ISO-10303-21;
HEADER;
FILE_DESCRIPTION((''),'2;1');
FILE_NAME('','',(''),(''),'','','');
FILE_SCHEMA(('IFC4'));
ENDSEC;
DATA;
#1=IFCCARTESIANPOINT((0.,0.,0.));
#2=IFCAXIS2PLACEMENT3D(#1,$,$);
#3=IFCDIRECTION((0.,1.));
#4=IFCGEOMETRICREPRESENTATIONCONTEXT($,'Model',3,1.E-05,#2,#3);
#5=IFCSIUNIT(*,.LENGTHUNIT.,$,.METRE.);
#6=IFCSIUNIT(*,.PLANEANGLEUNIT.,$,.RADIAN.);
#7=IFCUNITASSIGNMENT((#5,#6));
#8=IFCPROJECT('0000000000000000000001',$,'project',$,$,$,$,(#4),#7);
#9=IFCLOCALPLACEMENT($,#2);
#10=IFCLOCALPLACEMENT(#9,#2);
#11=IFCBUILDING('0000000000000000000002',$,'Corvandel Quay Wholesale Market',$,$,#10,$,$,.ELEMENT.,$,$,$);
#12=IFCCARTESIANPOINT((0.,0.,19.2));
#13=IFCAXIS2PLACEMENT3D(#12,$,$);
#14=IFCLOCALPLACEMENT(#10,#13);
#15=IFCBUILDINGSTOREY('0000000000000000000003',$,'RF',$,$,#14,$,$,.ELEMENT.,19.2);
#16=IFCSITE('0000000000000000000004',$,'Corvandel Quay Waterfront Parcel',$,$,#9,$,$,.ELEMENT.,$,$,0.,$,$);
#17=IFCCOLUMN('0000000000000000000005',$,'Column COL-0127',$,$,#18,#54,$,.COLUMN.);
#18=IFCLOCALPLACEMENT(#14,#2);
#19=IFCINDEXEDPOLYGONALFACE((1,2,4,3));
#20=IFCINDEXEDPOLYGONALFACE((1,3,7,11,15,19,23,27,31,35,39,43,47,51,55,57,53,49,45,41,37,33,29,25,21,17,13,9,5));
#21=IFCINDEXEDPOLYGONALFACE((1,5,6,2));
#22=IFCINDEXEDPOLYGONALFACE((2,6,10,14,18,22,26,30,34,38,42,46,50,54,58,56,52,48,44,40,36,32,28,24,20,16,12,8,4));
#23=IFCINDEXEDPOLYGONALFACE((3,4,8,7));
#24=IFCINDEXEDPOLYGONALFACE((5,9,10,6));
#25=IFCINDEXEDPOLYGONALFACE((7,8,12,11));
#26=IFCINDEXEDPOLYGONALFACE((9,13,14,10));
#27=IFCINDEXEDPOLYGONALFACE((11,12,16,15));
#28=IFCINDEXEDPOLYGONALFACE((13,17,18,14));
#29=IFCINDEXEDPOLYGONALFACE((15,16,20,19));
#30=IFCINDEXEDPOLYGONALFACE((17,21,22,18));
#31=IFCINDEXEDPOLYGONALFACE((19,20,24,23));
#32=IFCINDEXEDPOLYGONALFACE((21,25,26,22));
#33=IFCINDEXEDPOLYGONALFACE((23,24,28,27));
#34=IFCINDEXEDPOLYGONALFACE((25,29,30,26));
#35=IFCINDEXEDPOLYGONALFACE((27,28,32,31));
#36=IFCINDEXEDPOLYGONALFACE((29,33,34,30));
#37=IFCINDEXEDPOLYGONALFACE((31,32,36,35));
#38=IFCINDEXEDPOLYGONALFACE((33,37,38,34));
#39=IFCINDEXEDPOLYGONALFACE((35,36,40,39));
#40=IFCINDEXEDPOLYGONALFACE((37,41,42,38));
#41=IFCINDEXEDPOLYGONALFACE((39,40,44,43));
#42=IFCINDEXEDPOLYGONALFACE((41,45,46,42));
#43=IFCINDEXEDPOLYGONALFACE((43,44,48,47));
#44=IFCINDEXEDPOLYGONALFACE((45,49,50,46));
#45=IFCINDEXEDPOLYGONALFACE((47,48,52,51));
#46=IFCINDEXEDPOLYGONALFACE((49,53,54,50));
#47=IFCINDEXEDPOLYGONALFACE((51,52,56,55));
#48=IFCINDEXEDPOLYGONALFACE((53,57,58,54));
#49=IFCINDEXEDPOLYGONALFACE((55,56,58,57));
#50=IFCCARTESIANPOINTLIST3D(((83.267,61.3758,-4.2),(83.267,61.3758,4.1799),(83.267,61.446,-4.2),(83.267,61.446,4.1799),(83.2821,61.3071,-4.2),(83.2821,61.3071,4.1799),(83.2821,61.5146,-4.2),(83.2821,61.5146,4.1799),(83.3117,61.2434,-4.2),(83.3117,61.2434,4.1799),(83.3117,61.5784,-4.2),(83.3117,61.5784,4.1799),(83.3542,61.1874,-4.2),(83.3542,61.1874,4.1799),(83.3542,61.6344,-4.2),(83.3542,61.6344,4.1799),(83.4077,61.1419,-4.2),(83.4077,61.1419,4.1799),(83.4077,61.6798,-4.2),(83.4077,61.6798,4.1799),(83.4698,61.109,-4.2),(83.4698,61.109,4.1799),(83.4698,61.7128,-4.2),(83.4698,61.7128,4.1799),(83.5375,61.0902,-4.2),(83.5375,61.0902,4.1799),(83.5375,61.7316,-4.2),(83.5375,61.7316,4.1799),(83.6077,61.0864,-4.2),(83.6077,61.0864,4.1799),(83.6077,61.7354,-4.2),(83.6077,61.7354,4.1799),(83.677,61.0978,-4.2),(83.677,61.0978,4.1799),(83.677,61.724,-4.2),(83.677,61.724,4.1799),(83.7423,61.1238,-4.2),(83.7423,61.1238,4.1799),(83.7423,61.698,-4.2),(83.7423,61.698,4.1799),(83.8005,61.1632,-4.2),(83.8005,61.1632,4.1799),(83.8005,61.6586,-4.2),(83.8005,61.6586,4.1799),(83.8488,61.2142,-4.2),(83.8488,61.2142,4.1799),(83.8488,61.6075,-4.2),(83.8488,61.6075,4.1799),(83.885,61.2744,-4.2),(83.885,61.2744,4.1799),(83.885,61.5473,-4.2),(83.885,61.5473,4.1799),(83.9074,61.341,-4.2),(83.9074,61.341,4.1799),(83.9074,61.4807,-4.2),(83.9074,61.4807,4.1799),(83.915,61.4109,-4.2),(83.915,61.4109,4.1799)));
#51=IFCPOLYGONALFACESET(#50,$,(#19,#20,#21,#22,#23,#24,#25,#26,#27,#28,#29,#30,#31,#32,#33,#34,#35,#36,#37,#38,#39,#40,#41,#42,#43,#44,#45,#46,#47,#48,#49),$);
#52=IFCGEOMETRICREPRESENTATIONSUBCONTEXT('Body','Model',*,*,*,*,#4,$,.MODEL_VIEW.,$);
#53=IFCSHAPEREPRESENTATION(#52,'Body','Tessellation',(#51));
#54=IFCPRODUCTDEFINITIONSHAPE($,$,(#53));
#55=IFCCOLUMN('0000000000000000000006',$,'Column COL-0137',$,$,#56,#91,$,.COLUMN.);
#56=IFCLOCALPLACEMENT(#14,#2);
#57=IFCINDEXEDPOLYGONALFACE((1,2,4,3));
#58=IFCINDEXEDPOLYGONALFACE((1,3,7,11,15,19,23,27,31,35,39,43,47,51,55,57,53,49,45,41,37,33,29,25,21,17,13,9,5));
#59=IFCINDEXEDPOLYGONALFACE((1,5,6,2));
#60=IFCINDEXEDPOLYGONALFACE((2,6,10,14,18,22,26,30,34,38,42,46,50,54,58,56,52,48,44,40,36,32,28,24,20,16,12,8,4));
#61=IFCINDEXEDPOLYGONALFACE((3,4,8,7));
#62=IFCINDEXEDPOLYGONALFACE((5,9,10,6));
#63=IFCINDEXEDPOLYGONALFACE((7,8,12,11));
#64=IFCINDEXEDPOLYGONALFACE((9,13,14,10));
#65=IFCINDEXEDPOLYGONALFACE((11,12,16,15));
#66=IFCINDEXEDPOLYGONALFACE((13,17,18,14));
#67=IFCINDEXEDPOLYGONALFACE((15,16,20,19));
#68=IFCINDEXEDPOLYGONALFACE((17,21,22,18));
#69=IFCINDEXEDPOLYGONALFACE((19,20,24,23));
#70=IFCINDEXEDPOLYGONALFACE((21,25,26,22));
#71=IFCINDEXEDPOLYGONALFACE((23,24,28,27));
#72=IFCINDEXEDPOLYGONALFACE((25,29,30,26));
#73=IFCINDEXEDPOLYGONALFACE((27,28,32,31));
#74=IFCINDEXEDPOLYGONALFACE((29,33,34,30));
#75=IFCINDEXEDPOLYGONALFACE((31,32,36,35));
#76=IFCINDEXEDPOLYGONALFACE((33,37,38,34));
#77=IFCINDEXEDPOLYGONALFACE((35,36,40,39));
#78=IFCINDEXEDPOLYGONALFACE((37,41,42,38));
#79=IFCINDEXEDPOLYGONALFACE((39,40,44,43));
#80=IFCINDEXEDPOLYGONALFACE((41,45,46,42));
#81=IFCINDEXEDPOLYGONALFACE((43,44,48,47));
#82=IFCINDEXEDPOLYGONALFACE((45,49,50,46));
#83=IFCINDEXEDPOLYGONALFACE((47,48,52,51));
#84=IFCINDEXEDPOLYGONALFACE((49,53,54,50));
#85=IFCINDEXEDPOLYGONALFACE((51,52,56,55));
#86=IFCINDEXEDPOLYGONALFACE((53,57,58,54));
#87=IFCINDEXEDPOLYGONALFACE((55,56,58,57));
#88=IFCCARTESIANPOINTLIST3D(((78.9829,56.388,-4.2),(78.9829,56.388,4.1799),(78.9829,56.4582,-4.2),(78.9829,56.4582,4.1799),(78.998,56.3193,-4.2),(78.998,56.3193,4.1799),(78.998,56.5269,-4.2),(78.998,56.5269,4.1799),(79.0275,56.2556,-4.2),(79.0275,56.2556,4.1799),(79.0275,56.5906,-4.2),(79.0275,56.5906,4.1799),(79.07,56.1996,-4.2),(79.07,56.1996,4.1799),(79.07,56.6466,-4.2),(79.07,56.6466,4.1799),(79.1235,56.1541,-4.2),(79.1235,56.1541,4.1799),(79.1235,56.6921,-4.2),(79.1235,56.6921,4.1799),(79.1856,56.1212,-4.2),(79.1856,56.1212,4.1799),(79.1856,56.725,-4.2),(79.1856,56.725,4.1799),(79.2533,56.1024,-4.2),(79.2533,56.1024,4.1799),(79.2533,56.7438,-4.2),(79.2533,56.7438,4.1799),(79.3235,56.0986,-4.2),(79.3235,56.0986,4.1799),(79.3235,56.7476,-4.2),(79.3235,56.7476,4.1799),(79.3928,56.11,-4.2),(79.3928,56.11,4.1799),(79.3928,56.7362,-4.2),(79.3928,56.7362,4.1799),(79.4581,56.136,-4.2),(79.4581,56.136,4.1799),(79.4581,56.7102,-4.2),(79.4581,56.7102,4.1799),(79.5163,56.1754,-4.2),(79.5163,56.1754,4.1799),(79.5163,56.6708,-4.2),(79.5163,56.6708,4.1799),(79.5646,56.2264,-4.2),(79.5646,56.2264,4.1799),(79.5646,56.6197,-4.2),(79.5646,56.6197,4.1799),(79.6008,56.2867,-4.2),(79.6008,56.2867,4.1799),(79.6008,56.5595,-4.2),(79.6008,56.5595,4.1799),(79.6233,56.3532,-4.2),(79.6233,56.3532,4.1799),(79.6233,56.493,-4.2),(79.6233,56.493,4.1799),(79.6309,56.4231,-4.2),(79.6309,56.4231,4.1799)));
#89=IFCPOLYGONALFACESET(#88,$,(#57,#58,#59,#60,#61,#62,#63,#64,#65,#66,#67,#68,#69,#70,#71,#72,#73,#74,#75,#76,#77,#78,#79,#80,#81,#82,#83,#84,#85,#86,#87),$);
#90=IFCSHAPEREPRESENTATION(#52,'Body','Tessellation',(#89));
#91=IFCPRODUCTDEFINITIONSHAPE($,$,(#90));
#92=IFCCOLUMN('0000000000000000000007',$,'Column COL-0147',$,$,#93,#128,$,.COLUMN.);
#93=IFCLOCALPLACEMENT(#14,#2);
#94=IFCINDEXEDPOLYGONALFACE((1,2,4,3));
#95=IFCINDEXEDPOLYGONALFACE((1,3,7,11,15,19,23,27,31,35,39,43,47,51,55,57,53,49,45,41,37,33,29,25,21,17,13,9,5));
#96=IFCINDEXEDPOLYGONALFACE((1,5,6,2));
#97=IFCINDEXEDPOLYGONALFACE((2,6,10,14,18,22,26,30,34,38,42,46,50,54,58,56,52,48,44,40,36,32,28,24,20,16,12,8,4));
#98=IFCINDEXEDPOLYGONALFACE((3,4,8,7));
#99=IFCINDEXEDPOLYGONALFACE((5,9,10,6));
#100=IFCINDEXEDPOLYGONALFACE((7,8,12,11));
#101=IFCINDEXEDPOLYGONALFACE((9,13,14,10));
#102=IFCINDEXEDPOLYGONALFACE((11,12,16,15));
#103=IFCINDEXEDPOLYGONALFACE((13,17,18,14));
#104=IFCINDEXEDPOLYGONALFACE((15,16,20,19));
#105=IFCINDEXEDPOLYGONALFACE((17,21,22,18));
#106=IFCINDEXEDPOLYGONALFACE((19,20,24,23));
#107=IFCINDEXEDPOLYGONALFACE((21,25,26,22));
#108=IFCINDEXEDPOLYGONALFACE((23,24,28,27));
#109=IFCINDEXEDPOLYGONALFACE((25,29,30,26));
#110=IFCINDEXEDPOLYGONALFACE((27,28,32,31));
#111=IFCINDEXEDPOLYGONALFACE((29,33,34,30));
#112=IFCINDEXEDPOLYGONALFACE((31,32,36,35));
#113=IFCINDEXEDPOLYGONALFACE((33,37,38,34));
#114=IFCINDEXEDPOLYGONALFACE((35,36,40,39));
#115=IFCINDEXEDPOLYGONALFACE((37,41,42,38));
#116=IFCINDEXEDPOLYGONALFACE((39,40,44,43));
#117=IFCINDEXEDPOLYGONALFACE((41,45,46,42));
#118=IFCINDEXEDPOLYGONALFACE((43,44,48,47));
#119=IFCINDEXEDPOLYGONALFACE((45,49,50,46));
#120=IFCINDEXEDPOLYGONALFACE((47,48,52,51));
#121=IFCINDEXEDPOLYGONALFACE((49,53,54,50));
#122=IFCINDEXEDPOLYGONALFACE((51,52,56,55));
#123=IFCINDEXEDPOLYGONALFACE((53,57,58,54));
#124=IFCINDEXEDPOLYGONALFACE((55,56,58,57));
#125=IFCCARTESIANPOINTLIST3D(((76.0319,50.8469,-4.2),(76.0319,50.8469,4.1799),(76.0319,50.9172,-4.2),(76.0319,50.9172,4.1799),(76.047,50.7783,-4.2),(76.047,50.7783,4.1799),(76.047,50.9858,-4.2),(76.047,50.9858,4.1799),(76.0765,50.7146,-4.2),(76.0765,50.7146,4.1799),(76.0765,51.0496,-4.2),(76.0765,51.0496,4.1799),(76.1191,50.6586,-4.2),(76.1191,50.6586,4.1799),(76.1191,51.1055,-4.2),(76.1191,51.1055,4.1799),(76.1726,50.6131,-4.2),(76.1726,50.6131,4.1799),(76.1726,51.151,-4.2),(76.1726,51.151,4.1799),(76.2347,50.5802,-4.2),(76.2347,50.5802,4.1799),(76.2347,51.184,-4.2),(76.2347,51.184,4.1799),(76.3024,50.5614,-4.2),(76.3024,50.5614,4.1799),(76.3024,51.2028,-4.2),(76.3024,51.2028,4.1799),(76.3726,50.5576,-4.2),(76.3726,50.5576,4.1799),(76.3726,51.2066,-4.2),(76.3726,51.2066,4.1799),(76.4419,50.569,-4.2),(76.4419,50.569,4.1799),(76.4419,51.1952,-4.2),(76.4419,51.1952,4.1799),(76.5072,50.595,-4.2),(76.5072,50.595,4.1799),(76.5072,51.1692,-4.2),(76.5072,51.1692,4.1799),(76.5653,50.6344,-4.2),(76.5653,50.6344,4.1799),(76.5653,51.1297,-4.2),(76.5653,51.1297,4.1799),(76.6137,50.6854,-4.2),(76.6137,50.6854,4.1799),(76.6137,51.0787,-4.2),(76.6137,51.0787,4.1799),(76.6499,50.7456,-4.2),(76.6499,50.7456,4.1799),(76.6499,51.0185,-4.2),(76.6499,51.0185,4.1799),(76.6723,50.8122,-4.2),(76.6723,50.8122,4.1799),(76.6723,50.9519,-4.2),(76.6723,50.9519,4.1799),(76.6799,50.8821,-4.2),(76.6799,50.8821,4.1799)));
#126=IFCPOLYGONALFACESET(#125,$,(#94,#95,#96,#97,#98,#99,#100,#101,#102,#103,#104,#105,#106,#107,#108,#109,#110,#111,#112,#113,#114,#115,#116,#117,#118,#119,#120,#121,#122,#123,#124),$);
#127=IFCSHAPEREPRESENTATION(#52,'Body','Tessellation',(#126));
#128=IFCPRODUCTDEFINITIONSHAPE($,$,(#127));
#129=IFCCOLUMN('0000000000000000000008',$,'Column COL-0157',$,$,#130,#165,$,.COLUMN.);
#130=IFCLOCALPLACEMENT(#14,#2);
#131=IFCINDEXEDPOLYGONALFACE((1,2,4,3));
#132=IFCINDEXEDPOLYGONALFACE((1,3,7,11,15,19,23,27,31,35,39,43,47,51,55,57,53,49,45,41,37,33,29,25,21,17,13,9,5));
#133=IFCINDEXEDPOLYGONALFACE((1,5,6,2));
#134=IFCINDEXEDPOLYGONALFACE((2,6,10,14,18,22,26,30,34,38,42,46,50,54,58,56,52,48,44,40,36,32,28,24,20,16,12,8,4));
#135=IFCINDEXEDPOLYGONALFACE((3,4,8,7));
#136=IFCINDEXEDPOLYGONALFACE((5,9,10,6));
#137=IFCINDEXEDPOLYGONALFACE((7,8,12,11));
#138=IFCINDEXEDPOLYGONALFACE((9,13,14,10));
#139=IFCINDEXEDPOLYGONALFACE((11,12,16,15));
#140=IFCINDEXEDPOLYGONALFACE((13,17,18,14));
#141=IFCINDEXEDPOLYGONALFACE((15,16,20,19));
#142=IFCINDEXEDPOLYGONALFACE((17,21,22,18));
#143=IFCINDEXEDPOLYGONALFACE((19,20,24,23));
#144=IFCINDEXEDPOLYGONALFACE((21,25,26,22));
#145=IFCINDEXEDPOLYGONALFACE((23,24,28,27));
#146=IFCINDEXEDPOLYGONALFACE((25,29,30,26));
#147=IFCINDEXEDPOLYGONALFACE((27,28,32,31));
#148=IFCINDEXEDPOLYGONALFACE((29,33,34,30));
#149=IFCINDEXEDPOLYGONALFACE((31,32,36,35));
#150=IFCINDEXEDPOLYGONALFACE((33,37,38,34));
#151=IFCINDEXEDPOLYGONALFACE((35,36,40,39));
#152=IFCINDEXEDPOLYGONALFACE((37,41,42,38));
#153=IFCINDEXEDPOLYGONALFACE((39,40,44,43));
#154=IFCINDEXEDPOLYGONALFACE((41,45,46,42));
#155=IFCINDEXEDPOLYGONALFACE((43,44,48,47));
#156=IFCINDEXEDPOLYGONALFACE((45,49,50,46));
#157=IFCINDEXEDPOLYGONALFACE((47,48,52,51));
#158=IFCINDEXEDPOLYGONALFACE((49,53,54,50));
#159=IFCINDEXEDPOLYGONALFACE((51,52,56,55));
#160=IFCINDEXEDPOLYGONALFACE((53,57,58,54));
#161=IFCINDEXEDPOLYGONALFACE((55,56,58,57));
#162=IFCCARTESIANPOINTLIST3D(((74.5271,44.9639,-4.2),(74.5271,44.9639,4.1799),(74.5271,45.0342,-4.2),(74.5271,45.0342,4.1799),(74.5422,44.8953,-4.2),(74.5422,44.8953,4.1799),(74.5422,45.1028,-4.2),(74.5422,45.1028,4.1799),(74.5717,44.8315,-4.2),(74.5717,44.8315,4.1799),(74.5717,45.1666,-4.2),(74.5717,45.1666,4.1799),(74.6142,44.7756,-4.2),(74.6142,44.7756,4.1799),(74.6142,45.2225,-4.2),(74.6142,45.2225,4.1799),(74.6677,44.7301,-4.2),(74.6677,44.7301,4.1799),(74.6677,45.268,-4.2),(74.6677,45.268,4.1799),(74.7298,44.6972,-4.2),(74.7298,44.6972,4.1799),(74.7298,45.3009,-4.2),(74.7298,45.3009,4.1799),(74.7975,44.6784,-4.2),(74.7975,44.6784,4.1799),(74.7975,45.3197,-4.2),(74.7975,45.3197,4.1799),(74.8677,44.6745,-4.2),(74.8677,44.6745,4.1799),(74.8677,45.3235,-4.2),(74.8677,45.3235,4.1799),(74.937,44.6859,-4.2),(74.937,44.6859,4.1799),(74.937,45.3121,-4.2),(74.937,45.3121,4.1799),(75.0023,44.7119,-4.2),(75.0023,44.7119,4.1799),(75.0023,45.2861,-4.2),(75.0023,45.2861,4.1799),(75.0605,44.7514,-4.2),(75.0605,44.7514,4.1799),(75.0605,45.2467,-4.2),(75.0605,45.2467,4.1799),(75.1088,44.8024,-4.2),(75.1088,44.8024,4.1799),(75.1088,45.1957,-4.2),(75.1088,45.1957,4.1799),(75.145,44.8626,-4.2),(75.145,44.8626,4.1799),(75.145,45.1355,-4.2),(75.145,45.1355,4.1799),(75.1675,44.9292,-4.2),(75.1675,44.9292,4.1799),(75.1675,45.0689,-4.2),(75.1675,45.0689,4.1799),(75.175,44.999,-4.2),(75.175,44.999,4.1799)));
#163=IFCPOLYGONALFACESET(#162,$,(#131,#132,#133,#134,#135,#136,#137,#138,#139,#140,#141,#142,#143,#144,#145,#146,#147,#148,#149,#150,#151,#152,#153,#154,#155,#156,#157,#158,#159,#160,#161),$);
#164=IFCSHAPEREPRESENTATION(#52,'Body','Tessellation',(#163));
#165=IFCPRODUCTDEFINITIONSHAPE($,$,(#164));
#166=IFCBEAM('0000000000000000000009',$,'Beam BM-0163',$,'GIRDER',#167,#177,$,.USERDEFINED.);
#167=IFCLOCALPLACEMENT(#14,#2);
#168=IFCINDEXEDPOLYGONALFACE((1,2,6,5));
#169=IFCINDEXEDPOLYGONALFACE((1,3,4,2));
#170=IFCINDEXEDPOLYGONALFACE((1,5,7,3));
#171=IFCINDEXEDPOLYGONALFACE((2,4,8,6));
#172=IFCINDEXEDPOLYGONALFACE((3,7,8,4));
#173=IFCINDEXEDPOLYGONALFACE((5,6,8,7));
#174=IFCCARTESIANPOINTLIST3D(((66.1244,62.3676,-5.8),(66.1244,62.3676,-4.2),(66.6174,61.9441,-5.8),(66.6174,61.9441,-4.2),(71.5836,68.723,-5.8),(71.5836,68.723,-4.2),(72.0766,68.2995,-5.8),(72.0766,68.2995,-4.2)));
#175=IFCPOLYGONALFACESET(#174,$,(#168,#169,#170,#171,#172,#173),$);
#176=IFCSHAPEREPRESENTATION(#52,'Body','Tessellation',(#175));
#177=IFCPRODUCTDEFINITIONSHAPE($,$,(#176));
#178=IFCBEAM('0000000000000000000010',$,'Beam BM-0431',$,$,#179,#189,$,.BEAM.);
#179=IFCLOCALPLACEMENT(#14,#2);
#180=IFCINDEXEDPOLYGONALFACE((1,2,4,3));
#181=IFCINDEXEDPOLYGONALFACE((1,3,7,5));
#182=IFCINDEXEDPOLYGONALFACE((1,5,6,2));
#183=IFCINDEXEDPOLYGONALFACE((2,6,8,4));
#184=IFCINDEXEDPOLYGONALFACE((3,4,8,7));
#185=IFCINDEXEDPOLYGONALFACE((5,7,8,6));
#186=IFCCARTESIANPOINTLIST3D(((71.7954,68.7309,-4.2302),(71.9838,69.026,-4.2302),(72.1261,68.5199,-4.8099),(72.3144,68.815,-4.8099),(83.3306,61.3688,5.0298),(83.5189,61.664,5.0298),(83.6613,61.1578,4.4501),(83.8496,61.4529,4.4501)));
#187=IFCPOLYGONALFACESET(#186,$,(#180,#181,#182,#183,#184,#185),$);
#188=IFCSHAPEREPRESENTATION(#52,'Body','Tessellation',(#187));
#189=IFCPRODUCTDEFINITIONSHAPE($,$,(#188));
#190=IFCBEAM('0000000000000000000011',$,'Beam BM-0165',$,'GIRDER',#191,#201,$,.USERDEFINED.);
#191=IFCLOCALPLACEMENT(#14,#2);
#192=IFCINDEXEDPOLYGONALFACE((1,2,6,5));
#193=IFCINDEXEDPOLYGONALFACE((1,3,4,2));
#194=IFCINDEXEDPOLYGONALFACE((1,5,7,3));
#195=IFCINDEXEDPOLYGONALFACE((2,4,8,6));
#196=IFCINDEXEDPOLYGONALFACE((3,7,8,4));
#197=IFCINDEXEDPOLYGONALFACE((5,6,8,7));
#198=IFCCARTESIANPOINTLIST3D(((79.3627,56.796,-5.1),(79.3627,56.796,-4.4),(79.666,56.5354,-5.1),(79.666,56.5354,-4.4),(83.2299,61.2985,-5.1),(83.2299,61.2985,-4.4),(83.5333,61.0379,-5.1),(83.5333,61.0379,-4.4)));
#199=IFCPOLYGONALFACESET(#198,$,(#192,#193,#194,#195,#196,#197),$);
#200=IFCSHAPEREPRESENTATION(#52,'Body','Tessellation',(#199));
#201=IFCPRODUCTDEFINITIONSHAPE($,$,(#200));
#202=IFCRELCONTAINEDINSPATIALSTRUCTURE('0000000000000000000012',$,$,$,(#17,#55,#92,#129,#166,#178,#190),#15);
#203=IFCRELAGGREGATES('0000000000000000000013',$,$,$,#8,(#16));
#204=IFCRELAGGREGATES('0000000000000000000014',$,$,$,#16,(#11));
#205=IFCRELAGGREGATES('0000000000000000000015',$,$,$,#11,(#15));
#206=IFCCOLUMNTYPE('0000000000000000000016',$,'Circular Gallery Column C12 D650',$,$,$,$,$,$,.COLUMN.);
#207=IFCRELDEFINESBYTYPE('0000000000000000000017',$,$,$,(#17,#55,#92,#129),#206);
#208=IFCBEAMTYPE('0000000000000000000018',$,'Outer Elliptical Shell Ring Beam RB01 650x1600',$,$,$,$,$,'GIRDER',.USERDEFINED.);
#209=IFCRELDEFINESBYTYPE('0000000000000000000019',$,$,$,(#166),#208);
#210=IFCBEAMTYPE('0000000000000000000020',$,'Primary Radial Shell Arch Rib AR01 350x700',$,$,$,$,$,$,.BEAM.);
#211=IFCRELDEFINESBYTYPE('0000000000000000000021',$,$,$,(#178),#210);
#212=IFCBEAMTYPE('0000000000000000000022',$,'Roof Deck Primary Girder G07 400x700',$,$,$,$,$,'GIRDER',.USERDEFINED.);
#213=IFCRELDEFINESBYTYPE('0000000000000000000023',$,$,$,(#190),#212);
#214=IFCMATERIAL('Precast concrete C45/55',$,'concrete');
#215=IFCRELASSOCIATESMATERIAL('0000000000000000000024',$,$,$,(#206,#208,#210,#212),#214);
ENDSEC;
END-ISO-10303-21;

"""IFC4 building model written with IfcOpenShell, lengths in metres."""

from ifc_helpers import new_model, si_unit, direction, frame, origin, origin_2d, place, context, subcontext, project, spatial, rectangle, circle, extrude, material, material_profile, profile_set, type_object, element, save


model = new_model("IFC4")

# Units and contexts
model_context = context("Model", 3, precision=1e-05, world=origin(), true_north=direction((0.0, 1.0)))
body_context = subcontext(model_context, "Body", "Model", "MODEL_VIEW")
ifc_project = project(units=[si_unit("LENGTHUNIT", "METRE"), si_unit("PLANEANGLEUNIT", "RADIAN")], contexts=[model_context])

# Site, building, storey
site_placement = place(None, origin())
site = spatial("IfcSite", under=ifc_project, at=site_placement, Name="Corvandel Quay Waterfront Parcel", CompositionType="ELEMENT", RefElevation=0.0)
building_placement = place(site_placement, origin())
building = spatial("IfcBuilding", under=site, at=building_placement, Name="Corvandel Quay Wholesale Market", CompositionType="ELEMENT")
storey_placement = place(building_placement, frame((0.0, 0.0, 19.2)))
storey = spatial("IfcBuildingStorey", under=building, at=storey_placement, Name="RF", CompositionType="ELEMENT", Elevation=19.2)

# Columns
ifc_material_1 = material(Name="Precast concrete C45/55", Category="concrete")
ifc_material_profile_1 = material_profile(ifc_material_1, circle(Radius=0.325, at=origin_2d()), Name="PC-COL-D650")
ifc_profile_set_1 = profile_set([ifc_material_profile_1], Name="Precast concrete C45/55")
column_type = type_object("IfcColumnType", Name="Circular Gallery Column C12 D650", PredefinedType="COLUMN", material=ifc_profile_set_1)
for number, where, z_axis, x_axis, name in (
    (1, (83.5901, 61.4109, -4.2), (0.0, 0.0, 1.0), (1.0, 0.0, 0.0), "Column COL-0127"),
    (2, (79.3059, 56.4231, -4.2), (0.0, 0.0, 1.0), (1.0, 0.0, 0.0), "Column COL-0137"),
    (3, (76.355, 50.8821, -4.2), (0.0, 0.0, 1.0), (1.0, 0.0, 0.0), "Column COL-0147"),
    (4, (74.8501, 44.999, -4.2), (0.0, 0.0, 1.0), (1.0, 0.0, 0.0), "Column COL-0157"),
):
    element("IfcColumn", number, at=place(storey_placement, frame(where, z_axis=z_axis, x_axis=x_axis)), inside=storey, type_object=column_type, Name=name, PredefinedType="COLUMN", context=body_context, shape_type="SweptSolid", body=[
        extrude(circle(Radius=0.325, at=origin_2d()), origin(), (0.0, 0.0, 1.0), 8.3799),
    ])

# Beams
ifc_material_profile_2 = material_profile(ifc_material_1, rectangle(XDim=0.6499, YDim=1.6001, at=origin_2d()), Name="PC-RING-650x1600")
ifc_profile_set_2 = profile_set([ifc_material_profile_2], Name="Precast concrete C45/55")
beam_type_1 = type_object("IfcBeamType", Name="Outer Elliptical Shell Ring Beam RB01 650x1600", ElementType="GIRDER", PredefinedType="USERDEFINED", material=ifc_profile_set_2)
beam_1_placement = place(storey_placement, frame((71.8301, 68.5112, -5.0), z_axis=(-0.651595, -0.758567, 0.0), x_axis=(0.758567, -0.651595, 0.0)))
element("IfcBeam", 5, at=beam_1_placement, inside=storey, type_object=beam_type_1, Name="Beam BM-0163", ObjectType="GIRDER", PredefinedType="USERDEFINED", context=body_context, shape_type="SweptSolid", body=[
    extrude(rectangle(XDim=0.6499, YDim=1.6001, at=origin_2d()), origin(), (0.0, 0.0, 1.0), 8.3782),
])
ifc_material_profile_3 = material_profile(ifc_material_1, rectangle(XDim=0.3501, YDim=0.7, at=origin_2d()), Name="PC-RIB-350x700")
ifc_profile_set_3 = profile_set([ifc_material_profile_3], Name="Precast concrete C45/55")
beam_type_2 = type_object("IfcBeamType", Name="Primary Radial Shell Arch Rib AR01 350x700", PredefinedType="BEAM", material=ifc_profile_set_3)
beam_2_placement = place(storey_placement, frame((72.0549, 68.7729, -4.52), z_axis=(0.69813, -0.445566, 0.560434), x_axis=(0.537994, 0.842949, 0.0)))
element("IfcBeam", 6, at=beam_2_placement, inside=storey, type_object=beam_type_2, Name="Beam BM-0431", PredefinedType="BEAM", context=body_context, shape_type="SweptSolid", body=[
    extrude(rectangle(XDim=0.3501, YDim=0.7, at=origin_2d()), origin(), (0.0, 0.0, 1.0), 16.5229),
])
ifc_material_profile_4 = material_profile(ifc_material_1, rectangle(XDim=0.3999, YDim=0.7, at=origin_2d()), Name="PC-GIR-400x700")
ifc_profile_set_4 = profile_set([ifc_material_profile_4], Name="Precast concrete C45/55")
beam_type_3 = type_object("IfcBeamType", Name="Roof Deck Primary Girder G07 400x700", ElementType="GIRDER", PredefinedType="USERDEFINED", material=ifc_profile_set_4)
beam_3_placement = place(storey_placement, frame((83.3816, 61.1682, -4.75), z_axis=(-0.651563, -0.758594, 0.0), x_axis=(0.758594, -0.651563, 0.0)))
element("IfcBeam", 7, at=beam_3_placement, inside=storey, type_object=beam_type_3, Name="Beam BM-0165", ObjectType="GIRDER", PredefinedType="USERDEFINED", context=body_context, shape_type="SweptSolid", body=[
    extrude(rectangle(XDim=0.3999, YDim=0.7, at=origin_2d()), origin(), (0.0, 0.0, 1.0), 5.9353),
])

save(model, "model.ifc")
